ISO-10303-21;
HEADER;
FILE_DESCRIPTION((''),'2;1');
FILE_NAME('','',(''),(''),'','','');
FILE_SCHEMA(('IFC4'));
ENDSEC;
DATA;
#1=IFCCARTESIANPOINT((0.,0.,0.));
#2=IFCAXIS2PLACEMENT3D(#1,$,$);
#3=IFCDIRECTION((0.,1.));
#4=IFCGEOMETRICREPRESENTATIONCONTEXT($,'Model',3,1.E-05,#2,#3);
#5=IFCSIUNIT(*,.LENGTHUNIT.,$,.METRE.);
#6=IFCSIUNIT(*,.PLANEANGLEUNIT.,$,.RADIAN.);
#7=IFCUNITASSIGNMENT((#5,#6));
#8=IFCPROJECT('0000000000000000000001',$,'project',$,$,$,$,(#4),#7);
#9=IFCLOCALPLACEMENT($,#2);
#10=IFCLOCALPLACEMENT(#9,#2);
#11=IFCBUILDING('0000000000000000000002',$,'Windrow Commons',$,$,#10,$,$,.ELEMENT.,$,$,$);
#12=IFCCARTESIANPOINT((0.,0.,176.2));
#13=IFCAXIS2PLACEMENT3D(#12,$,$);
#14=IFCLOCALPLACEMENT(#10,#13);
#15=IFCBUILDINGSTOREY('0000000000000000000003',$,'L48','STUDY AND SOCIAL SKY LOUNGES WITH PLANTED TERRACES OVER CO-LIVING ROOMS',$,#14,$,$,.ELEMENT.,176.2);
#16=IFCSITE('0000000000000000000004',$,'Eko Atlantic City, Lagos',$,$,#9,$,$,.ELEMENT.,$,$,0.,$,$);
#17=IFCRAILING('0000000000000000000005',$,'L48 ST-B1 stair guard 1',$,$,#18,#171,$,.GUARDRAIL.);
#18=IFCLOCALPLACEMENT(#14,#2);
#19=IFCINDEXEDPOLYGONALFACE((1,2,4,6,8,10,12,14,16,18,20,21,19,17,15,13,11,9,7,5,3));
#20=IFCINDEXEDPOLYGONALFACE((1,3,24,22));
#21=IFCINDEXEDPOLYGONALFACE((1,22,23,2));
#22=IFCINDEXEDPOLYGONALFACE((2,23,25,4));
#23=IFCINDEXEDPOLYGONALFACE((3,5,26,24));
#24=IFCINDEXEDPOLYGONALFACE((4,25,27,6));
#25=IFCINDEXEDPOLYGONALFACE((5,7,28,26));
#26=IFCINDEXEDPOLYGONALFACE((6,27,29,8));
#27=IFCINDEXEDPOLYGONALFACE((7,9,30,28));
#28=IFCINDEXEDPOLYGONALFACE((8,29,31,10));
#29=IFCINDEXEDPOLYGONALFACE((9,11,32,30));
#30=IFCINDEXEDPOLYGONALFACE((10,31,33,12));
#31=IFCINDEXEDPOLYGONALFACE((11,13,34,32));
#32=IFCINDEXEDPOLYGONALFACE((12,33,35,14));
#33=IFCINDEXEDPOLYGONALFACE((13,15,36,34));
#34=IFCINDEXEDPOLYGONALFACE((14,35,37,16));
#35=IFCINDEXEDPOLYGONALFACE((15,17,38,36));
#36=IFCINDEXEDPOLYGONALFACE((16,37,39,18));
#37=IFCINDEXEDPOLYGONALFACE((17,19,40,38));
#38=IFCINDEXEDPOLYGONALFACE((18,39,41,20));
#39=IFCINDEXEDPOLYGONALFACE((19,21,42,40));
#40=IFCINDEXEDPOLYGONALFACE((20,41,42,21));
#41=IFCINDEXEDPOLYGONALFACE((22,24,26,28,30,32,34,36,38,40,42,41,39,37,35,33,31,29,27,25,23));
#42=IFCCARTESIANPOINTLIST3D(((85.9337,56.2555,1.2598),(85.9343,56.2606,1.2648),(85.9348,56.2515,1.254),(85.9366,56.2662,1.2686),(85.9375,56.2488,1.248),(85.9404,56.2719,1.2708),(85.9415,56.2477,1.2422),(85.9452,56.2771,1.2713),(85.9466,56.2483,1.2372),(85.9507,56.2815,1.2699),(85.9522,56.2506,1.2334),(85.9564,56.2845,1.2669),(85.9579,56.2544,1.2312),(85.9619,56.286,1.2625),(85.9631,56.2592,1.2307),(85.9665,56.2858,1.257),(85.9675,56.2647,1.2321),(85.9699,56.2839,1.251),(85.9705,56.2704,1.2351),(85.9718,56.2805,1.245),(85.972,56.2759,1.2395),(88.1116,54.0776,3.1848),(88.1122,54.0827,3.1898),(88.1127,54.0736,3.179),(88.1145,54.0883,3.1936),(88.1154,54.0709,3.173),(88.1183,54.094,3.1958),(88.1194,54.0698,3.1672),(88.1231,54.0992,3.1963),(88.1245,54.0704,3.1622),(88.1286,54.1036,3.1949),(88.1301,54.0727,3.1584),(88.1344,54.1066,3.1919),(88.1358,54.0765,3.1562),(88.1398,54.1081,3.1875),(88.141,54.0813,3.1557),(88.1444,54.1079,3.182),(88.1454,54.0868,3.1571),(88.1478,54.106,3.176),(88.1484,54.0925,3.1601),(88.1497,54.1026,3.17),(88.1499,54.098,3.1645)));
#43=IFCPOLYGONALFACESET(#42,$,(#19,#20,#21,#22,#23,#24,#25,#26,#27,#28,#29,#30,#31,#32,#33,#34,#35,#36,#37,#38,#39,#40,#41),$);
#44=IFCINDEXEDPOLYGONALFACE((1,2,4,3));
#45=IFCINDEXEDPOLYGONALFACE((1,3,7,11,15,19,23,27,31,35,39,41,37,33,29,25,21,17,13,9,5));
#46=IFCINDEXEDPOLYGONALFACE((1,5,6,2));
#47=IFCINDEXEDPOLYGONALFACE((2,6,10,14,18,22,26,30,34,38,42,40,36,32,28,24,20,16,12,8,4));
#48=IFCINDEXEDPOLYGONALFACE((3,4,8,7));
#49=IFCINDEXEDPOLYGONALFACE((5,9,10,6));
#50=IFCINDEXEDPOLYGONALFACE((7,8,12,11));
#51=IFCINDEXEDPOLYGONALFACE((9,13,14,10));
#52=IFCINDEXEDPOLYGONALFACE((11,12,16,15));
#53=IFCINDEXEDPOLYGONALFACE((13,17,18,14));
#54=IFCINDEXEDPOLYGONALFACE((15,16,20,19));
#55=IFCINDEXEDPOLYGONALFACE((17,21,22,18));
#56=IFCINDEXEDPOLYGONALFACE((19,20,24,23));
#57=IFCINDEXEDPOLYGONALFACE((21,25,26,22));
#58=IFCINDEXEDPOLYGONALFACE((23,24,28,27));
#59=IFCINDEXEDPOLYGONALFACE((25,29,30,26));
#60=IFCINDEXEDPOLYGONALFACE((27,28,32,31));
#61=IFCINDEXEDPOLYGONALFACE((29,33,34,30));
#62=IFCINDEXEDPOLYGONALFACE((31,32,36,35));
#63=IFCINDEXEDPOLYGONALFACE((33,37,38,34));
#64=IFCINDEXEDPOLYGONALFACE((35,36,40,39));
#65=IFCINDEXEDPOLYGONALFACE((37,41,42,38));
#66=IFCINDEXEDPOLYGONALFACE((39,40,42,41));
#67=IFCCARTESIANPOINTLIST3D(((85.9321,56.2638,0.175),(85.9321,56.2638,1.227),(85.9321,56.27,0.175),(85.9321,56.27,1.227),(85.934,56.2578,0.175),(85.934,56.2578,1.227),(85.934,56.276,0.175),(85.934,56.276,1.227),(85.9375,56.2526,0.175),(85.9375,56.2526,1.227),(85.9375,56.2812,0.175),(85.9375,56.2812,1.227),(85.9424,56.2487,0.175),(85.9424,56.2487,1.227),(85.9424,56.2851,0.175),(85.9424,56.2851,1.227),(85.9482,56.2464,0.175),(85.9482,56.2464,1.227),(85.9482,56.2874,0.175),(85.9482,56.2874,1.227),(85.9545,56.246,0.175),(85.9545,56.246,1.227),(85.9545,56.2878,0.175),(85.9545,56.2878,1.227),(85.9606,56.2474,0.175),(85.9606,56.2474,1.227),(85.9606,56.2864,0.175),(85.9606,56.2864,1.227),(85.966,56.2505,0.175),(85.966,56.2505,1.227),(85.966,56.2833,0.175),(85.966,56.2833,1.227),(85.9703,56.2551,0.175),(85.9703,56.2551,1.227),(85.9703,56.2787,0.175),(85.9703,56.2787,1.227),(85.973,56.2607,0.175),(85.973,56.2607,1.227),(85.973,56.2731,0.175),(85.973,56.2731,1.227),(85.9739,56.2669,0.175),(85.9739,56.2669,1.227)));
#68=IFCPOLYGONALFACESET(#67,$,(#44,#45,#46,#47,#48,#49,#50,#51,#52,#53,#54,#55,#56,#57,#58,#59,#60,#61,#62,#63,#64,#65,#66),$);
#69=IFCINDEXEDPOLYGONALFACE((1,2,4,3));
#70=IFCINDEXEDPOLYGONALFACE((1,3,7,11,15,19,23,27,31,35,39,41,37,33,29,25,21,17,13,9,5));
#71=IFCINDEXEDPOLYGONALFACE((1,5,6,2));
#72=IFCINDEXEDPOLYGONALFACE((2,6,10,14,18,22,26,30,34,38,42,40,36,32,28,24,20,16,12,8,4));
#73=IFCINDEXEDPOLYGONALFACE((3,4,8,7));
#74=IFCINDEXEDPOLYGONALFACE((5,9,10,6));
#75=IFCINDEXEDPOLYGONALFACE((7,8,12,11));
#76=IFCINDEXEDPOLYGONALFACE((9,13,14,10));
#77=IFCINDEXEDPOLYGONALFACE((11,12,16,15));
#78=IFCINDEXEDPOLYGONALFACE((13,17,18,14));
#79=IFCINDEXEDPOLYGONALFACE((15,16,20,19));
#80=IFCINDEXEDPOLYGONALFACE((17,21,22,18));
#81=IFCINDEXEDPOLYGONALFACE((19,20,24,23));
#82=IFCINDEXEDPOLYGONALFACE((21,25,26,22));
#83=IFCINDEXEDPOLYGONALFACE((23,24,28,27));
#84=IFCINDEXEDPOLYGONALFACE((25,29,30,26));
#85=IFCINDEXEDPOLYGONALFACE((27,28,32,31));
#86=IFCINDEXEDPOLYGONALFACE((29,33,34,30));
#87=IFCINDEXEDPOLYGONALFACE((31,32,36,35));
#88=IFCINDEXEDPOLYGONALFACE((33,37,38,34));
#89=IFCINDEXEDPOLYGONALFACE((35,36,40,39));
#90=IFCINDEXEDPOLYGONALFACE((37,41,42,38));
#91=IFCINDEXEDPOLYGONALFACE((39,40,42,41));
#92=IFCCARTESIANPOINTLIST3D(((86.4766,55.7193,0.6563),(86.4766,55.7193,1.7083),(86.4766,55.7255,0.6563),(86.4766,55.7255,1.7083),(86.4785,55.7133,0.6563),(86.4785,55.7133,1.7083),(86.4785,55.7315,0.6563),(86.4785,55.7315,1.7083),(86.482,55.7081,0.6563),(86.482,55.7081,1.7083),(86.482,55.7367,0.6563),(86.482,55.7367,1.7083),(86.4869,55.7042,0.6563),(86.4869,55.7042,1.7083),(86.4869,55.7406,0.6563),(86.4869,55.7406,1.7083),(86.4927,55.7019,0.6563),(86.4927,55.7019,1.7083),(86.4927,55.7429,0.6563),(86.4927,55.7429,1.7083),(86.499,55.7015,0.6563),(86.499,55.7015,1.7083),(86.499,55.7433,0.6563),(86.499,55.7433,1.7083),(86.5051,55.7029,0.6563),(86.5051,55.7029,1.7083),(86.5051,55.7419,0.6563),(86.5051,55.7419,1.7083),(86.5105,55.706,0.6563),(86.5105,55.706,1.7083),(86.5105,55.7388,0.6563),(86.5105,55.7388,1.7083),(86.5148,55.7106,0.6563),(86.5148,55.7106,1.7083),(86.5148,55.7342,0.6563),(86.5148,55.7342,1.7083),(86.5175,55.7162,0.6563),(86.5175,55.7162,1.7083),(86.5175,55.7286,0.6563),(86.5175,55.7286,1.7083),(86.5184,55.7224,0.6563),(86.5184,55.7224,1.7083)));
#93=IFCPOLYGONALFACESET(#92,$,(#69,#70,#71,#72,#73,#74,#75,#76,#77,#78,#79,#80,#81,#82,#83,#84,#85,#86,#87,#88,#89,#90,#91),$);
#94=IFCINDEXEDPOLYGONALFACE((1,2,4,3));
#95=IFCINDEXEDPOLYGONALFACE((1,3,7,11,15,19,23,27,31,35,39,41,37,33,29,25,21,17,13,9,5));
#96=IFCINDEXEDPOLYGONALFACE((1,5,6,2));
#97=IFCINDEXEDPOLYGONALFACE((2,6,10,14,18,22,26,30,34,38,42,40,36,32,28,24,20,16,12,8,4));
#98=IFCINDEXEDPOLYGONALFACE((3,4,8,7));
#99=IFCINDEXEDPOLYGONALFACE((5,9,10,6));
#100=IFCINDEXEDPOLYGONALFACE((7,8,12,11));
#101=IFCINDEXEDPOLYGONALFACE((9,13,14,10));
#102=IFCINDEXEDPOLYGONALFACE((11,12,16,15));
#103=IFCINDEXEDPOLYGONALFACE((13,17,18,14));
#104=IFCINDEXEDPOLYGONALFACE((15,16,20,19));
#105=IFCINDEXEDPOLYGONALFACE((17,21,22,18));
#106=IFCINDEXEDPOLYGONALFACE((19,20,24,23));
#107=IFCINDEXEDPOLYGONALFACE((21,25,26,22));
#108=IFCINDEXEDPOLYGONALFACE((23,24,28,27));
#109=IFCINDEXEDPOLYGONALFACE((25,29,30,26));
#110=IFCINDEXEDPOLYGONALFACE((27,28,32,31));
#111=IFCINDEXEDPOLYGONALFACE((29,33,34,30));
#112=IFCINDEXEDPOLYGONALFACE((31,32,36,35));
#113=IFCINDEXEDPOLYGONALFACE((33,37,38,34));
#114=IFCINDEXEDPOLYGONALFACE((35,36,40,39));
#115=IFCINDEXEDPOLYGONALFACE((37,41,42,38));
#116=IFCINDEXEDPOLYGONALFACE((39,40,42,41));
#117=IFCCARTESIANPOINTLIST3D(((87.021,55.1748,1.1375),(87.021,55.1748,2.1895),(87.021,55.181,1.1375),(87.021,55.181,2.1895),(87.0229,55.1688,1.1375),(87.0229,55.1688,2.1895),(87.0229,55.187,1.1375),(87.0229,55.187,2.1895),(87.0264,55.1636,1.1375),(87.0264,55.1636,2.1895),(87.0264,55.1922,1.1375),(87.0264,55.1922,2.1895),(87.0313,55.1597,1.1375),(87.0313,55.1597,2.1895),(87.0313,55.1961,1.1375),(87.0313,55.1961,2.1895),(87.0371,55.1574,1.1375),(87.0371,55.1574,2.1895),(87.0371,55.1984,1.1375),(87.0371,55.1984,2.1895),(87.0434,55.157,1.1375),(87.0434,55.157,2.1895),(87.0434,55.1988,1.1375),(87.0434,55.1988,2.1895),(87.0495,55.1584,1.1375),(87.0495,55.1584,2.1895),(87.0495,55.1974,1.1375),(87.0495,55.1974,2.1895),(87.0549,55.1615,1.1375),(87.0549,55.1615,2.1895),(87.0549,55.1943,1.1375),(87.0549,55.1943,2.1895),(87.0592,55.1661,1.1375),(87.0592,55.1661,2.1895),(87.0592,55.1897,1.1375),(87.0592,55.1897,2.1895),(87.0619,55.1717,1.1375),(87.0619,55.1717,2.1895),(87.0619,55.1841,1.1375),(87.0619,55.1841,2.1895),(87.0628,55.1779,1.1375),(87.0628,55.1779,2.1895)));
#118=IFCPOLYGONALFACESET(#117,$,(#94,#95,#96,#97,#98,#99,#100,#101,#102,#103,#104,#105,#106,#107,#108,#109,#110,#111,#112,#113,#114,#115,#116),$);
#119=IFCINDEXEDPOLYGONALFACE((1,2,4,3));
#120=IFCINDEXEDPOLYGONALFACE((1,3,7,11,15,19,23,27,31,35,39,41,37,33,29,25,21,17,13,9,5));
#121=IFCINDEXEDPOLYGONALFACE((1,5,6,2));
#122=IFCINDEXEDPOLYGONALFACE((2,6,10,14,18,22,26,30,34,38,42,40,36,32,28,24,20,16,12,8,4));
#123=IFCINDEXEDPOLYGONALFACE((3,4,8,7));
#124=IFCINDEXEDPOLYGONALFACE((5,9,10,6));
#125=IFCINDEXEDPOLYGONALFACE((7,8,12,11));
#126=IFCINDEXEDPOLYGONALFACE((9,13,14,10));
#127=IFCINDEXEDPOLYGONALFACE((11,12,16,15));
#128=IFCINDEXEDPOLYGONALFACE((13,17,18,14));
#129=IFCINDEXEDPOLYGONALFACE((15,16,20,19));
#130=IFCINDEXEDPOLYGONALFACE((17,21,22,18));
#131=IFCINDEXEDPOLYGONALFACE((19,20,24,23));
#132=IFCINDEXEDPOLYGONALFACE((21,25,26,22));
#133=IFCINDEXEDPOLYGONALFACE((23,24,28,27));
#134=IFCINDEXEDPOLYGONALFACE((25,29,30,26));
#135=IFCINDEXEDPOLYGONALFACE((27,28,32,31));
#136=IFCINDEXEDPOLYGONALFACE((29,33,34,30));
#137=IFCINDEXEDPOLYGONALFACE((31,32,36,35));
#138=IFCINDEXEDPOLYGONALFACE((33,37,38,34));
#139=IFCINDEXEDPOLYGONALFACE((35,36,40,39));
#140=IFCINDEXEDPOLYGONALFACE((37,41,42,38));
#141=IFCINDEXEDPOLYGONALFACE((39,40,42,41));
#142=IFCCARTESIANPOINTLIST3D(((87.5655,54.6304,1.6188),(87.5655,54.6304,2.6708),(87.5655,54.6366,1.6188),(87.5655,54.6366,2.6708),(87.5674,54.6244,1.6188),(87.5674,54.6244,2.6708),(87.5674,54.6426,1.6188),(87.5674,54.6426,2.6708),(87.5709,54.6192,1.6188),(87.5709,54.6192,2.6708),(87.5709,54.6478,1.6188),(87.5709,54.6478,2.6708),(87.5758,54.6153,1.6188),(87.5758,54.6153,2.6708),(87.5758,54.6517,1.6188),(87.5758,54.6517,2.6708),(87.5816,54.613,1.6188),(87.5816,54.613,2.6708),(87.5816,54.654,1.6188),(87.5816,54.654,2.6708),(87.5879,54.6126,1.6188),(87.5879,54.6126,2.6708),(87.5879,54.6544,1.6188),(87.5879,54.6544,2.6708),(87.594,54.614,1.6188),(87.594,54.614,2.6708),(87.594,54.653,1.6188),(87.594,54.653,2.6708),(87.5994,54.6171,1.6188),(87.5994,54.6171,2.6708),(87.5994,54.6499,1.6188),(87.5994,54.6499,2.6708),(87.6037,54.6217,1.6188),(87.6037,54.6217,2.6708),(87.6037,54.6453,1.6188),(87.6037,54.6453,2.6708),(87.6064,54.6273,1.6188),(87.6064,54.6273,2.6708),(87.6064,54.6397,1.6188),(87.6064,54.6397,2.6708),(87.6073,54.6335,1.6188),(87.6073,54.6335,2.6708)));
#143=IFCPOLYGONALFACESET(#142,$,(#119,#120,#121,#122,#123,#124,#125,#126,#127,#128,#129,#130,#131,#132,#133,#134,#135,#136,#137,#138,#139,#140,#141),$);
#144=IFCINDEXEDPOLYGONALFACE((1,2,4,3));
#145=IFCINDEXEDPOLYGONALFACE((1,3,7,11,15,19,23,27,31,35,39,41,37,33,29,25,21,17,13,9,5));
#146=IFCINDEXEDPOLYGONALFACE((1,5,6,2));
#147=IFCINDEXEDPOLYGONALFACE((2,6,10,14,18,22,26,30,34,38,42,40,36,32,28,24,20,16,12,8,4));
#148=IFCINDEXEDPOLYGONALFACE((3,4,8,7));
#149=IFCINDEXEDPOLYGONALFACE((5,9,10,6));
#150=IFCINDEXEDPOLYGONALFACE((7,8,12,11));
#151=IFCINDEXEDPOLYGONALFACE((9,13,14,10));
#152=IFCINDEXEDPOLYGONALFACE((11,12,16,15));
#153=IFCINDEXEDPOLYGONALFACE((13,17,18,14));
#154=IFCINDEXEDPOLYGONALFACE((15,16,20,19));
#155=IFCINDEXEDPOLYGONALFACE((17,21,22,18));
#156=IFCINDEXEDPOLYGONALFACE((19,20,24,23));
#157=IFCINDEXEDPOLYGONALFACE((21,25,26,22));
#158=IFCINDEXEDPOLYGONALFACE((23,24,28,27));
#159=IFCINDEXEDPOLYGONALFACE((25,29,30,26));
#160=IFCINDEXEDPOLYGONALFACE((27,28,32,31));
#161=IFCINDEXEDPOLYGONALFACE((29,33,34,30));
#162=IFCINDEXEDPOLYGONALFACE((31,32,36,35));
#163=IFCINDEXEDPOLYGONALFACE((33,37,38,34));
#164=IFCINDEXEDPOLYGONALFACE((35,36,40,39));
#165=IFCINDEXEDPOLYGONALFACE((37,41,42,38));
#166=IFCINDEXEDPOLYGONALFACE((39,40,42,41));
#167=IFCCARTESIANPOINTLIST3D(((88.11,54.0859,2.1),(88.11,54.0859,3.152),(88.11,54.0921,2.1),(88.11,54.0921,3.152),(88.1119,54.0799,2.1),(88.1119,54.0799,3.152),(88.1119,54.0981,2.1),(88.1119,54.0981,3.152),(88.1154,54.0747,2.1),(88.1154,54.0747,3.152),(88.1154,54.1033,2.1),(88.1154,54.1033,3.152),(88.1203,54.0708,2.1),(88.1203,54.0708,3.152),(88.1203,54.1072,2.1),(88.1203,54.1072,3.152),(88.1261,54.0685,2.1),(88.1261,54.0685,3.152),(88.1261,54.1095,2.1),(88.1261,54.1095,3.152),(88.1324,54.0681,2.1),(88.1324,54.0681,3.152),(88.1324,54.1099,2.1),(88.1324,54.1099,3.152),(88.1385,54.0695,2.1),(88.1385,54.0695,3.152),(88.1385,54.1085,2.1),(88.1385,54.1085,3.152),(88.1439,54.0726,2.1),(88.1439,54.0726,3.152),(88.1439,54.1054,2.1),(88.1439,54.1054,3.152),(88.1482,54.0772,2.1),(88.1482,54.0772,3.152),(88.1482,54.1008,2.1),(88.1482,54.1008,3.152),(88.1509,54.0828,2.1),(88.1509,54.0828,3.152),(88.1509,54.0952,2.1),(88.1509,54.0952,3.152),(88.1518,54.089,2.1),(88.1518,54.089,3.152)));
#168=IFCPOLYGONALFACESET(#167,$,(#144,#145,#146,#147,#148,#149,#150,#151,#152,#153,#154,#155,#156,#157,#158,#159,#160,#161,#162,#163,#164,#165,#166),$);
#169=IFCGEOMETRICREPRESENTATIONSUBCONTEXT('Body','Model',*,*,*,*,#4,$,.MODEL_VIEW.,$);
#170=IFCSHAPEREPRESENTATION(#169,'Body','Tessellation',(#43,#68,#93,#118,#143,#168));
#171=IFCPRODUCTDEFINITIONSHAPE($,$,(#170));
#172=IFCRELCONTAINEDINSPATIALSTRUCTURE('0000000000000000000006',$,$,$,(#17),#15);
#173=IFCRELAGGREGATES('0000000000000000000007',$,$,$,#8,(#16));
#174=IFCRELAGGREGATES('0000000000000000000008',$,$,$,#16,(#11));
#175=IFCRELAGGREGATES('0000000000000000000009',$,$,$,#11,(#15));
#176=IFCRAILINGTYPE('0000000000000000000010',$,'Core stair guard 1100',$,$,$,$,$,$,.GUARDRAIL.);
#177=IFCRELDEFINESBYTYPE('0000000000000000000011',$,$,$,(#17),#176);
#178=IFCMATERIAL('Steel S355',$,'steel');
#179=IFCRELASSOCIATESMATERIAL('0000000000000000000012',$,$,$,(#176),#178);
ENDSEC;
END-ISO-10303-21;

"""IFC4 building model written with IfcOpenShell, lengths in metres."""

from ifc_helpers import new_model, si_unit, direction, frame, origin, origin_2d, place, context, subcontext, project, spatial, circle, extrude, material, type_object, element, save


model = new_model("IFC4")

# Units and contexts
model_context = context("Model", 3, precision=1e-05, world=origin(), true_north=direction((0.0, 1.0)))
body_context = subcontext(model_context, "Body", "Model", "MODEL_VIEW")
ifc_project = project(units=[si_unit("LENGTHUNIT", "METRE"), si_unit("PLANEANGLEUNIT", "RADIAN")], contexts=[model_context])

# Site, building, storey
site_placement = place(None, origin())
site = spatial("IfcSite", under=ifc_project, at=site_placement, Name="Eko Atlantic City, Lagos", CompositionType="ELEMENT", RefElevation=0.0)
building_placement = place(site_placement, origin())
building = spatial("IfcBuilding", under=site, at=building_placement, Name="Windrow Commons", CompositionType="ELEMENT")
storey_placement = place(building_placement, frame((0.0, 0.0, 176.2)))
storey = spatial("IfcBuildingStorey", under=building, at=storey_placement, Name="L48", Description="STUDY AND SOCIAL SKY LOUNGES WITH PLANTED TERRACES OVER CO-LIVING ROOMS", CompositionType="ELEMENT", Elevation=176.2)

# Railing
ifc_material_1 = material(Name="Steel S355", Category="steel")
railing_type_1 = type_object("IfcRailingType", Name="Core stair guard 1100", PredefinedType="GUARDRAIL", material=ifc_material_1)
railing_1_placement = place(storey_placement, frame((85.9529, 56.2669, 0.175)))
element("IfcRailing", 1, at=railing_1_placement, inside=storey, type_object=railing_type_1, Name="L48 ST-B1 stair guard 1", PredefinedType="GUARDRAIL", context=body_context, shape_type="SweptSolid", body=[
    extrude(circle(Radius=0.024, at=origin_2d()), frame((0.0, 0.0, 1.076), z_axis=(0.599626, -0.599626, 0.529997), x_axis=(0.707107, 0.707107, 0.0)), (0.0, 0.0, 1.0), 3.6321),
    extrude(circle(Radius=0.021, at=origin_2d()), origin(), (0.0, 0.0, 1.0), 1.052),
    extrude(circle(Radius=0.021, at=origin_2d()), frame((0.5445, -0.5445, 0.4813)), (0.0, 0.0, 1.0), 1.052),
    extrude(circle(Radius=0.021, at=origin_2d()), frame((1.0889, -1.089, 0.9625)), (0.0, 0.0, 1.0), 1.052),
    extrude(circle(Radius=0.021, at=origin_2d()), frame((1.6334, -1.6334, 1.4438)), (0.0, 0.0, 1.0), 1.052),
    extrude(circle(Radius=0.021, at=origin_2d()), frame((2.1779, -2.1779, 1.925)), (0.0, 0.0, 1.0), 1.052),
])

save(model, "model.ifc")
